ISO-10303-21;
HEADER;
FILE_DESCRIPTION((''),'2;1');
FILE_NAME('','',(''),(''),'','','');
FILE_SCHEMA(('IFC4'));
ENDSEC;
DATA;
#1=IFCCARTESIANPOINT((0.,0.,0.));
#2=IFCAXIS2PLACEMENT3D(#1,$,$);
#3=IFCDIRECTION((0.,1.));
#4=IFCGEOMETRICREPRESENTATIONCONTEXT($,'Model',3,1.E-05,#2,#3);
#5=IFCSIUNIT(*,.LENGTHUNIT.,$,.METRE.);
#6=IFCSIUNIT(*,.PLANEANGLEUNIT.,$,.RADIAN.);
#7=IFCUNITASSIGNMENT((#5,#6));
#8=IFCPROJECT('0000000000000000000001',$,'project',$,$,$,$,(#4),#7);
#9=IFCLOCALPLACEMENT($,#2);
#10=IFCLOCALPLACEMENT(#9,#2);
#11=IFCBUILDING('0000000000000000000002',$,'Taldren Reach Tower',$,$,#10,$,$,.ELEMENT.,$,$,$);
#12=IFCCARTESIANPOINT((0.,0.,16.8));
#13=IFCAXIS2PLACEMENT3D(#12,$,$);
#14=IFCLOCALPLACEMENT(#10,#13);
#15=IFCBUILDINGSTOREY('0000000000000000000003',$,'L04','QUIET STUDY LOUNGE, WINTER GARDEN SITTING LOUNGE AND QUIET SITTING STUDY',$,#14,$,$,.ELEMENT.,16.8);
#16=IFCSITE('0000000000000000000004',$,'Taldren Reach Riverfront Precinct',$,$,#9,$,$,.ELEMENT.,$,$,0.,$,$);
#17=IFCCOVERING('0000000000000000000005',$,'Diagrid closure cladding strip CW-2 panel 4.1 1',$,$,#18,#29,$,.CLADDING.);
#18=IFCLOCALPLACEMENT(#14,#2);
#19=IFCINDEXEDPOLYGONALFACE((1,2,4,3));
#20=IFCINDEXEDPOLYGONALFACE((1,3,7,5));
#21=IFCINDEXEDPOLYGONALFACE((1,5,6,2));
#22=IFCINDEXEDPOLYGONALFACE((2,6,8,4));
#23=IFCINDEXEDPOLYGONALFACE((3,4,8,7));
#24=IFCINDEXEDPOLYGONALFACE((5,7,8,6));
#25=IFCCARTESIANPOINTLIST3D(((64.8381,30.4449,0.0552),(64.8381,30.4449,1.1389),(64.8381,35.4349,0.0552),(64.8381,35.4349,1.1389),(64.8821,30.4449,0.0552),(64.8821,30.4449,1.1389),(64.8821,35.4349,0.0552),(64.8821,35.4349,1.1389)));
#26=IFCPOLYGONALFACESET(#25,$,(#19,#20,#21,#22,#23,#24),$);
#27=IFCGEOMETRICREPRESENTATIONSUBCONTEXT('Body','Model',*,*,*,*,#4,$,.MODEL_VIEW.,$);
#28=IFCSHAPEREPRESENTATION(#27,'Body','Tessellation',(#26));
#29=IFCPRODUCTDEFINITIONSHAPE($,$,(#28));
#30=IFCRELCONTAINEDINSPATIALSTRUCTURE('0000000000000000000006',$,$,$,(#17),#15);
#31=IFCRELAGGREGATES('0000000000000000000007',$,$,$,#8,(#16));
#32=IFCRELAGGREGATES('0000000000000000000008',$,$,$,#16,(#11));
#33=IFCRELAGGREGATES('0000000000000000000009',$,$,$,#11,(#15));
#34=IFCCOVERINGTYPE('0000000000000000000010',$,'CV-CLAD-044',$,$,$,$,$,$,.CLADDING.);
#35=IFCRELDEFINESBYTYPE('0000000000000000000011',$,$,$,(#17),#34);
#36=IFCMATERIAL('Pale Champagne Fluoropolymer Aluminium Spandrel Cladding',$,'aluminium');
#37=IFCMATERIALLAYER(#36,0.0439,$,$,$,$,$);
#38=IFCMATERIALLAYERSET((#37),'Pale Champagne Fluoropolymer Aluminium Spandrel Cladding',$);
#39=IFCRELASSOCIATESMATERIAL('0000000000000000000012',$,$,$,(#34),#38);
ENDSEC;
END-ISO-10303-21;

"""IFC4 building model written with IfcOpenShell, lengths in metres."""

from ifc_helpers import new_model, si_unit, direction, frame, origin, origin_2d, place, context, subcontext, project, spatial, rectangle, extrude, source, transform, mapped, material, layer, layer_set, type_object, element, save


model = new_model("IFC4")

# Units and contexts
model_context = context("Model", 3, precision=1e-05, world=origin(), true_north=direction((0.0, 1.0)))
body_context = subcontext(model_context, "Body", "Model", "MODEL_VIEW")
ifc_project = project(units=[si_unit("LENGTHUNIT", "METRE"), si_unit("PLANEANGLEUNIT", "RADIAN")], contexts=[model_context])

# Site, building, storey
site_placement = place(None, origin())
site = spatial("IfcSite", under=ifc_project, at=site_placement, Name="Taldren Reach Riverfront Precinct", CompositionType="ELEMENT", RefElevation=0.0)
building_placement = place(site_placement, origin())
building = spatial("IfcBuilding", under=site, at=building_placement, Name="Taldren Reach Tower", CompositionType="ELEMENT")
storey_placement = place(building_placement, frame((0.0, 0.0, 16.8)))
storey = spatial("IfcBuildingStorey", under=building, at=storey_placement, Name="L04", Description="QUIET STUDY LOUNGE, WINTER GARDEN SITTING LOUNGE AND QUIET SITTING STUDY", CompositionType="ELEMENT", Elevation=16.8)

# Covering
ifc_material_1 = material(Name="Pale Champagne Fluoropolymer Aluminium Spandrel Cladding", Category="aluminium")
ifc_layer_1 = layer(ifc_material_1, 0.0439)
ifc_layer_set_1 = layer_set([ifc_layer_1], Name="Pale Champagne Fluoropolymer Aluminium Spandrel Cladding")
covering_type = type_object("IfcCoveringType", Name="CV-CLAD-044", PredefinedType="CLADDING", material=ifc_layer_set_1)
shared_shape_1 = source(origin(), body_context, "Body", "SweptSolid", [
    extrude(rectangle(XDim=4.99, YDim=0.0439, at=origin_2d()), origin(), (0.0, 0.0, 1.0), 1.0837),
])
covering_1_placement = place(storey_placement, frame((64.8601, 32.9399, 0.0552), z_axis=(0.0, 0.0, 1.0), x_axis=(0.0, 1.0, 0.0)))
element("IfcCovering", 1, at=covering_1_placement, inside=storey, type_object=covering_type, Name="Diagrid closure cladding strip CW-2 panel 4.1 1", PredefinedType="CLADDING", context=body_context, shape_type="MappedRepresentation", body=[
    mapped(shared_shape_1, transform((0.0, 0.0, 0.0), scale=1.0)),
])

save(model, "model.ifc")
